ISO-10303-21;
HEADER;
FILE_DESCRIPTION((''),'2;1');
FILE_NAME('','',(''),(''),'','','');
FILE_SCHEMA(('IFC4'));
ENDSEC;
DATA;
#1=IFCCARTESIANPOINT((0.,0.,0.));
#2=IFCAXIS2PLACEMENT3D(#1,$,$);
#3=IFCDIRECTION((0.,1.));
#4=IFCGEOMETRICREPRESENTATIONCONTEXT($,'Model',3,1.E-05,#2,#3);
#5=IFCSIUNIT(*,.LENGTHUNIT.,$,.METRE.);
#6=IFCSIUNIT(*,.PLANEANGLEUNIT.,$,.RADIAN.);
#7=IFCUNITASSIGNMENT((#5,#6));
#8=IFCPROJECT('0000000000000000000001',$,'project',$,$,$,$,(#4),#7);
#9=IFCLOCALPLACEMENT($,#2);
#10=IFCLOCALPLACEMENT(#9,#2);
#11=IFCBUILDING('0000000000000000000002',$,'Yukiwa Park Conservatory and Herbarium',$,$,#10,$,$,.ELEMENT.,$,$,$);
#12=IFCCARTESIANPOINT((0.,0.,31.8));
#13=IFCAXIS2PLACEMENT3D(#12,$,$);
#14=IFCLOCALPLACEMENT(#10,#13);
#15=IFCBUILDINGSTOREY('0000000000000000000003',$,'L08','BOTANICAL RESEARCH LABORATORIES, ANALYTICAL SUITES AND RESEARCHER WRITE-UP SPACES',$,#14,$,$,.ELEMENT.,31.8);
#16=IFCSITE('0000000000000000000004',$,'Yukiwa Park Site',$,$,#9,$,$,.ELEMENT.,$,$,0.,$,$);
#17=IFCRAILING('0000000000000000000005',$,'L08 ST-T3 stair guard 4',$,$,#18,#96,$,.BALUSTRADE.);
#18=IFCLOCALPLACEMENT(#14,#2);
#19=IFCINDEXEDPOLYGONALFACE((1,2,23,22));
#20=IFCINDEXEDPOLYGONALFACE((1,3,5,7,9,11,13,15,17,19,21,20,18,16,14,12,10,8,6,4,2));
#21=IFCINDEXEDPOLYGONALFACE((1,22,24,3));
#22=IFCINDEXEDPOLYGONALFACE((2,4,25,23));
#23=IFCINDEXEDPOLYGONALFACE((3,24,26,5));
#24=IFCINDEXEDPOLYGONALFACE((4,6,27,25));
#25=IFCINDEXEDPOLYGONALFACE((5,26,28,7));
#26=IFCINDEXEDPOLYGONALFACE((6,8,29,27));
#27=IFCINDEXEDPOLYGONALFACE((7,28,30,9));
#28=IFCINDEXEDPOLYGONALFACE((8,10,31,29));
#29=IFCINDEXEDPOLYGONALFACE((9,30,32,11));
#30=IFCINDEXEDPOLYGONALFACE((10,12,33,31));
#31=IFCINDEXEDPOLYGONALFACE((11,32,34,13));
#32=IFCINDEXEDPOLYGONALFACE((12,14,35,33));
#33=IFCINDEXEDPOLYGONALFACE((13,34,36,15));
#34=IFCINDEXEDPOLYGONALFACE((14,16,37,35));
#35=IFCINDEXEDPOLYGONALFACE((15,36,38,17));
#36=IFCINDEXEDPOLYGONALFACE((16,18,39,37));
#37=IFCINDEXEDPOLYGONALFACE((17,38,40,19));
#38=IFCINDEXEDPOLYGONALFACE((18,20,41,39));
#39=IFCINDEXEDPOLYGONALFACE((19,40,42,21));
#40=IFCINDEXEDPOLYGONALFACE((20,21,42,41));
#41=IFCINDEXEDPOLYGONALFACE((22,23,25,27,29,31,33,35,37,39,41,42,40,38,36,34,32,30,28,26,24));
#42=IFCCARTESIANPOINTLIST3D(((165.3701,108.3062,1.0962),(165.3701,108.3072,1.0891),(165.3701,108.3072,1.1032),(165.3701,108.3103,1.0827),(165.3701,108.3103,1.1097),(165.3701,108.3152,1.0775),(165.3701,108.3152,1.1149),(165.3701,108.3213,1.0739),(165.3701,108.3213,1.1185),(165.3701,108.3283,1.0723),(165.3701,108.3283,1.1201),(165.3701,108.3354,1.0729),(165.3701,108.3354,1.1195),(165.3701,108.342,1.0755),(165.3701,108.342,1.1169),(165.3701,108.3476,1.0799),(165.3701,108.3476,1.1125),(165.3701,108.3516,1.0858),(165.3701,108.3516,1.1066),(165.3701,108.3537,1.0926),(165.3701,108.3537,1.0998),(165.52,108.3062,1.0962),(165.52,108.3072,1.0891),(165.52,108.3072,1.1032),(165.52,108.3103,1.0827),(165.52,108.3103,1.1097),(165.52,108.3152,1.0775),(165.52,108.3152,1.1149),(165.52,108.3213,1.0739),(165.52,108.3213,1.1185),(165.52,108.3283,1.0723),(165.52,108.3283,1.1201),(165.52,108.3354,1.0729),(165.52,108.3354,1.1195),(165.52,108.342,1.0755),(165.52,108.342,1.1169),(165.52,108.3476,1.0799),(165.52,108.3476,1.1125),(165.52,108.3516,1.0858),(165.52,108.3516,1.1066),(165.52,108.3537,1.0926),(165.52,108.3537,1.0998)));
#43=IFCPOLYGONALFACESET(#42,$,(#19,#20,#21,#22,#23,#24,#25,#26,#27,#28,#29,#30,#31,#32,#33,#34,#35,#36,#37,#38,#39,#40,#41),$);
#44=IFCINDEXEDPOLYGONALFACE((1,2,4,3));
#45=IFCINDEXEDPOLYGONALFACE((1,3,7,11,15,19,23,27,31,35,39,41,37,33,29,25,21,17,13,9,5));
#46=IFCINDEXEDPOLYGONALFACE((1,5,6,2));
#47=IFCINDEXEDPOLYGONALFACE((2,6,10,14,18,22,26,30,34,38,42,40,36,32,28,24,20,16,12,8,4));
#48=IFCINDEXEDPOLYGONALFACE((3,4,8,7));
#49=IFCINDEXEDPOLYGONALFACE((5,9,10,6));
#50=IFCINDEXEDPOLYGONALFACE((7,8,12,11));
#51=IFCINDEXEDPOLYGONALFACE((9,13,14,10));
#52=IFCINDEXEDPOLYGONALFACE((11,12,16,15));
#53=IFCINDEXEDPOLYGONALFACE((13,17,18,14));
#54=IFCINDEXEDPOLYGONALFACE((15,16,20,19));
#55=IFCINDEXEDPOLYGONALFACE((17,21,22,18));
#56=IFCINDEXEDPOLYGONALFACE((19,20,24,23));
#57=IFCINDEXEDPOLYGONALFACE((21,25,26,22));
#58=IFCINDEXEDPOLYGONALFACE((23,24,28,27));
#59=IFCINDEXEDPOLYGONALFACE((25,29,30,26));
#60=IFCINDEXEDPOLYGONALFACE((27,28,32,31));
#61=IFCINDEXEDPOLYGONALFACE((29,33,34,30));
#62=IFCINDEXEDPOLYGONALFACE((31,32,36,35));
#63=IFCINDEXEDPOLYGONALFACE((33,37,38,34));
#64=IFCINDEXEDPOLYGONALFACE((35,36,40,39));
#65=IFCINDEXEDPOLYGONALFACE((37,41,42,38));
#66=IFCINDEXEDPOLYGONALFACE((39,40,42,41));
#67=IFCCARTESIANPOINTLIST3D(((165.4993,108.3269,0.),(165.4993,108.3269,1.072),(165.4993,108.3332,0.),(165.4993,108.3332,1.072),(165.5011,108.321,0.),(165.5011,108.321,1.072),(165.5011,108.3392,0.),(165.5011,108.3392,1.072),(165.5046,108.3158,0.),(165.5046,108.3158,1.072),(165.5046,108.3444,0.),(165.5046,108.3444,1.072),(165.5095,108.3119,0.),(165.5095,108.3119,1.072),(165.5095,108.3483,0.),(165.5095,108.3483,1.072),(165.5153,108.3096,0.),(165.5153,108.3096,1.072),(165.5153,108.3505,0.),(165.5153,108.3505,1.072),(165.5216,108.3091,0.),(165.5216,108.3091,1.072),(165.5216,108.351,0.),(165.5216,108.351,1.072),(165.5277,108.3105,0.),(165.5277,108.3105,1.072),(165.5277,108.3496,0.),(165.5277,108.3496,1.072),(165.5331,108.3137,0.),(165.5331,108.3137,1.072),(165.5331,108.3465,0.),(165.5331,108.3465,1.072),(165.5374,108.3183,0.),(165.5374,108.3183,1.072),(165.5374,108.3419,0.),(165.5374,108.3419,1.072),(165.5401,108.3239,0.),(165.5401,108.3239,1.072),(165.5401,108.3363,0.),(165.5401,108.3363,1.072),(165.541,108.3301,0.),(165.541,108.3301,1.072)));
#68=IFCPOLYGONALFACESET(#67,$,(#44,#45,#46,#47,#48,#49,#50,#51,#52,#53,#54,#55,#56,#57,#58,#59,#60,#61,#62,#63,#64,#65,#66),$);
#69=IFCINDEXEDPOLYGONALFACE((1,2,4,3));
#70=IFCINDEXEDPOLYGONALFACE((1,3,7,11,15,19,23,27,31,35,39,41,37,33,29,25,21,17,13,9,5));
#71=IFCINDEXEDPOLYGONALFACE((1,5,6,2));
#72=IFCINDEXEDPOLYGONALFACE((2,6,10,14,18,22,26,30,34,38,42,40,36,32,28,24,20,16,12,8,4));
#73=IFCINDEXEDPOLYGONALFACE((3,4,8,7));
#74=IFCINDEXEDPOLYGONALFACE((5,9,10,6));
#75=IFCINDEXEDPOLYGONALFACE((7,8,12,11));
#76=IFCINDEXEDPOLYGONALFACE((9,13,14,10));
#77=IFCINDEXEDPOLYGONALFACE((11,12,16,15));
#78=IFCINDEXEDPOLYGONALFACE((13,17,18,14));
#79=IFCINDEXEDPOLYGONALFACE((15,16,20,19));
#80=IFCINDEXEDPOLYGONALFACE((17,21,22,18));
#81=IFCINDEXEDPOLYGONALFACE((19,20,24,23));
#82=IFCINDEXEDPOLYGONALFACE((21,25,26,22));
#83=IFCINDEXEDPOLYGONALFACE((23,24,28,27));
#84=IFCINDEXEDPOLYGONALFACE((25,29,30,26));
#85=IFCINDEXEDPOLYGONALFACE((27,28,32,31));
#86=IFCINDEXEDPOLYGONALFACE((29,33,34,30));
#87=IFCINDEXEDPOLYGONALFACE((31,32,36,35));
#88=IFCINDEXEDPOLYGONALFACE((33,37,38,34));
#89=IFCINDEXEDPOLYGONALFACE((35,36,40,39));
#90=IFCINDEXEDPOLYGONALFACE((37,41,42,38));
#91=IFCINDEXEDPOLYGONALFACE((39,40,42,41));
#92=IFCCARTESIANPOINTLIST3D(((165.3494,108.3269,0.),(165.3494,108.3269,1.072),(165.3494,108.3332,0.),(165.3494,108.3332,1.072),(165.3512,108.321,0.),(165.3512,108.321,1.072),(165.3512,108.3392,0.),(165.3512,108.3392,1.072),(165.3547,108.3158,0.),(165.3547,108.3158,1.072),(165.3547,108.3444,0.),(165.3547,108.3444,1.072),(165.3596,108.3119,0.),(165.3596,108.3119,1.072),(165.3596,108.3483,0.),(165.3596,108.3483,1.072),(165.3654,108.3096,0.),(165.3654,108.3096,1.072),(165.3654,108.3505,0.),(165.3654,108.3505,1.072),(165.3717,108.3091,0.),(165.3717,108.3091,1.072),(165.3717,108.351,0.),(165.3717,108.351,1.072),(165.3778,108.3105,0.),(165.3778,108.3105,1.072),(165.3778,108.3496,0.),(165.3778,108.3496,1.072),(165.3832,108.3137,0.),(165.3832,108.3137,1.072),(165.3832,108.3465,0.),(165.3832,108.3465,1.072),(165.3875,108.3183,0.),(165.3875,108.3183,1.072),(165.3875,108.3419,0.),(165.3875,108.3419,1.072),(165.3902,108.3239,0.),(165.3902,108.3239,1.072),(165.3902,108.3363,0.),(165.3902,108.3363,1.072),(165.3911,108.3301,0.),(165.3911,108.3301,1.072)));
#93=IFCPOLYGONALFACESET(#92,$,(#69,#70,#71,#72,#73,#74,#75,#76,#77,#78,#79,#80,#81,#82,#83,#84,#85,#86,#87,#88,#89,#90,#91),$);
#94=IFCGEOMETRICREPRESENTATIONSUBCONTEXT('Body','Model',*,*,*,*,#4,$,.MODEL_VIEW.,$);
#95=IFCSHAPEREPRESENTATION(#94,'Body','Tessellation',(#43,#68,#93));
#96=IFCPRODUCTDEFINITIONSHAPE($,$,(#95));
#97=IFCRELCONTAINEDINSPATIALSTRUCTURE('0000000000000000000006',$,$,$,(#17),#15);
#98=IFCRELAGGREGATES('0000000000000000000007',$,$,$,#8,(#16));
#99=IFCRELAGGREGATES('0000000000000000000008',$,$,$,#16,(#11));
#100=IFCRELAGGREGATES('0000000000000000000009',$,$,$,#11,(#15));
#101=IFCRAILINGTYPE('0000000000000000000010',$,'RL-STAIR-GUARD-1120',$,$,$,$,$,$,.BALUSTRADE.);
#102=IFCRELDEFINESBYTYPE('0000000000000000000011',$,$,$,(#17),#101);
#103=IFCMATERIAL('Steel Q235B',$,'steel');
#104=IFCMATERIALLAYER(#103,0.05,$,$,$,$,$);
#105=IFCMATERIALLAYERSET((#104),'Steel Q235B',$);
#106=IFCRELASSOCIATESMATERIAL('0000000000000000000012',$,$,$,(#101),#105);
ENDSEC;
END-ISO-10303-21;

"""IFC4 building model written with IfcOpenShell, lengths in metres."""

from ifc_helpers import new_model, si_unit, direction, frame, origin, origin_2d, place, context, subcontext, project, spatial, circle, extrude, material, layer, layer_set, type_object, element, save


model = new_model("IFC4")

# Units and contexts
model_context = context("Model", 3, precision=1e-05, world=origin(), true_north=direction((0.0, 1.0)))
body_context = subcontext(model_context, "Body", "Model", "MODEL_VIEW")
ifc_project = project(units=[si_unit("LENGTHUNIT", "METRE"), si_unit("PLANEANGLEUNIT", "RADIAN")], contexts=[model_context])

# Site, building, storey
site_placement = place(None, origin())
site = spatial("IfcSite", under=ifc_project, at=site_placement, Name="Yukiwa Park Site", CompositionType="ELEMENT", RefElevation=0.0)
building_placement = place(site_placement, origin())
building = spatial("IfcBuilding", under=site, at=building_placement, Name="Yukiwa Park Conservatory and Herbarium", CompositionType="ELEMENT")
storey_placement = place(building_placement, frame((0.0, 0.0, 31.8)))
storey = spatial("IfcBuildingStorey", under=building, at=storey_placement, Name="L08", Description="BOTANICAL RESEARCH LABORATORIES, ANALYTICAL SUITES AND RESEARCHER WRITE-UP SPACES", CompositionType="ELEMENT", Elevation=31.8)

# Railing
ifc_material_1 = material(Name="Steel Q235B", Category="steel")
ifc_layer_1 = layer(ifc_material_1, 0.05)
ifc_layer_set_1 = layer_set([ifc_layer_1], Name="Steel Q235B")
railing_type_1 = type_object("IfcRailingType", Name="RL-STAIR-GUARD-1120", PredefinedType="BALUSTRADE", material=ifc_layer_set_1)
railing_1_placement = place(storey_placement, frame((165.52, 108.3301, 0.0)))
element("IfcRailing", 1, at=railing_1_placement, inside=storey, type_object=railing_type_1, Name="L08 ST-T3 stair guard 4", PredefinedType="BALUSTRADE", context=body_context, shape_type="SweptSolid", body=[
    extrude(circle(Radius=0.0239, at=origin_2d()), frame((0.0, 0.0, 1.0962), z_axis=(-1.0, 0.0, 0.0), x_axis=(0.0, -1.0, 0.0)), (0.0, 0.0, 1.0), 0.1499),
    extrude(circle(Radius=0.021, at=origin_2d()), origin(), (0.0, 0.0, 1.0), 1.072),
    extrude(circle(Radius=0.021, at=origin_2d()), frame((-0.1499, 0.0, 0.0)), (0.0, 0.0, 1.0), 1.072),
])

save(model, "model.ifc")
